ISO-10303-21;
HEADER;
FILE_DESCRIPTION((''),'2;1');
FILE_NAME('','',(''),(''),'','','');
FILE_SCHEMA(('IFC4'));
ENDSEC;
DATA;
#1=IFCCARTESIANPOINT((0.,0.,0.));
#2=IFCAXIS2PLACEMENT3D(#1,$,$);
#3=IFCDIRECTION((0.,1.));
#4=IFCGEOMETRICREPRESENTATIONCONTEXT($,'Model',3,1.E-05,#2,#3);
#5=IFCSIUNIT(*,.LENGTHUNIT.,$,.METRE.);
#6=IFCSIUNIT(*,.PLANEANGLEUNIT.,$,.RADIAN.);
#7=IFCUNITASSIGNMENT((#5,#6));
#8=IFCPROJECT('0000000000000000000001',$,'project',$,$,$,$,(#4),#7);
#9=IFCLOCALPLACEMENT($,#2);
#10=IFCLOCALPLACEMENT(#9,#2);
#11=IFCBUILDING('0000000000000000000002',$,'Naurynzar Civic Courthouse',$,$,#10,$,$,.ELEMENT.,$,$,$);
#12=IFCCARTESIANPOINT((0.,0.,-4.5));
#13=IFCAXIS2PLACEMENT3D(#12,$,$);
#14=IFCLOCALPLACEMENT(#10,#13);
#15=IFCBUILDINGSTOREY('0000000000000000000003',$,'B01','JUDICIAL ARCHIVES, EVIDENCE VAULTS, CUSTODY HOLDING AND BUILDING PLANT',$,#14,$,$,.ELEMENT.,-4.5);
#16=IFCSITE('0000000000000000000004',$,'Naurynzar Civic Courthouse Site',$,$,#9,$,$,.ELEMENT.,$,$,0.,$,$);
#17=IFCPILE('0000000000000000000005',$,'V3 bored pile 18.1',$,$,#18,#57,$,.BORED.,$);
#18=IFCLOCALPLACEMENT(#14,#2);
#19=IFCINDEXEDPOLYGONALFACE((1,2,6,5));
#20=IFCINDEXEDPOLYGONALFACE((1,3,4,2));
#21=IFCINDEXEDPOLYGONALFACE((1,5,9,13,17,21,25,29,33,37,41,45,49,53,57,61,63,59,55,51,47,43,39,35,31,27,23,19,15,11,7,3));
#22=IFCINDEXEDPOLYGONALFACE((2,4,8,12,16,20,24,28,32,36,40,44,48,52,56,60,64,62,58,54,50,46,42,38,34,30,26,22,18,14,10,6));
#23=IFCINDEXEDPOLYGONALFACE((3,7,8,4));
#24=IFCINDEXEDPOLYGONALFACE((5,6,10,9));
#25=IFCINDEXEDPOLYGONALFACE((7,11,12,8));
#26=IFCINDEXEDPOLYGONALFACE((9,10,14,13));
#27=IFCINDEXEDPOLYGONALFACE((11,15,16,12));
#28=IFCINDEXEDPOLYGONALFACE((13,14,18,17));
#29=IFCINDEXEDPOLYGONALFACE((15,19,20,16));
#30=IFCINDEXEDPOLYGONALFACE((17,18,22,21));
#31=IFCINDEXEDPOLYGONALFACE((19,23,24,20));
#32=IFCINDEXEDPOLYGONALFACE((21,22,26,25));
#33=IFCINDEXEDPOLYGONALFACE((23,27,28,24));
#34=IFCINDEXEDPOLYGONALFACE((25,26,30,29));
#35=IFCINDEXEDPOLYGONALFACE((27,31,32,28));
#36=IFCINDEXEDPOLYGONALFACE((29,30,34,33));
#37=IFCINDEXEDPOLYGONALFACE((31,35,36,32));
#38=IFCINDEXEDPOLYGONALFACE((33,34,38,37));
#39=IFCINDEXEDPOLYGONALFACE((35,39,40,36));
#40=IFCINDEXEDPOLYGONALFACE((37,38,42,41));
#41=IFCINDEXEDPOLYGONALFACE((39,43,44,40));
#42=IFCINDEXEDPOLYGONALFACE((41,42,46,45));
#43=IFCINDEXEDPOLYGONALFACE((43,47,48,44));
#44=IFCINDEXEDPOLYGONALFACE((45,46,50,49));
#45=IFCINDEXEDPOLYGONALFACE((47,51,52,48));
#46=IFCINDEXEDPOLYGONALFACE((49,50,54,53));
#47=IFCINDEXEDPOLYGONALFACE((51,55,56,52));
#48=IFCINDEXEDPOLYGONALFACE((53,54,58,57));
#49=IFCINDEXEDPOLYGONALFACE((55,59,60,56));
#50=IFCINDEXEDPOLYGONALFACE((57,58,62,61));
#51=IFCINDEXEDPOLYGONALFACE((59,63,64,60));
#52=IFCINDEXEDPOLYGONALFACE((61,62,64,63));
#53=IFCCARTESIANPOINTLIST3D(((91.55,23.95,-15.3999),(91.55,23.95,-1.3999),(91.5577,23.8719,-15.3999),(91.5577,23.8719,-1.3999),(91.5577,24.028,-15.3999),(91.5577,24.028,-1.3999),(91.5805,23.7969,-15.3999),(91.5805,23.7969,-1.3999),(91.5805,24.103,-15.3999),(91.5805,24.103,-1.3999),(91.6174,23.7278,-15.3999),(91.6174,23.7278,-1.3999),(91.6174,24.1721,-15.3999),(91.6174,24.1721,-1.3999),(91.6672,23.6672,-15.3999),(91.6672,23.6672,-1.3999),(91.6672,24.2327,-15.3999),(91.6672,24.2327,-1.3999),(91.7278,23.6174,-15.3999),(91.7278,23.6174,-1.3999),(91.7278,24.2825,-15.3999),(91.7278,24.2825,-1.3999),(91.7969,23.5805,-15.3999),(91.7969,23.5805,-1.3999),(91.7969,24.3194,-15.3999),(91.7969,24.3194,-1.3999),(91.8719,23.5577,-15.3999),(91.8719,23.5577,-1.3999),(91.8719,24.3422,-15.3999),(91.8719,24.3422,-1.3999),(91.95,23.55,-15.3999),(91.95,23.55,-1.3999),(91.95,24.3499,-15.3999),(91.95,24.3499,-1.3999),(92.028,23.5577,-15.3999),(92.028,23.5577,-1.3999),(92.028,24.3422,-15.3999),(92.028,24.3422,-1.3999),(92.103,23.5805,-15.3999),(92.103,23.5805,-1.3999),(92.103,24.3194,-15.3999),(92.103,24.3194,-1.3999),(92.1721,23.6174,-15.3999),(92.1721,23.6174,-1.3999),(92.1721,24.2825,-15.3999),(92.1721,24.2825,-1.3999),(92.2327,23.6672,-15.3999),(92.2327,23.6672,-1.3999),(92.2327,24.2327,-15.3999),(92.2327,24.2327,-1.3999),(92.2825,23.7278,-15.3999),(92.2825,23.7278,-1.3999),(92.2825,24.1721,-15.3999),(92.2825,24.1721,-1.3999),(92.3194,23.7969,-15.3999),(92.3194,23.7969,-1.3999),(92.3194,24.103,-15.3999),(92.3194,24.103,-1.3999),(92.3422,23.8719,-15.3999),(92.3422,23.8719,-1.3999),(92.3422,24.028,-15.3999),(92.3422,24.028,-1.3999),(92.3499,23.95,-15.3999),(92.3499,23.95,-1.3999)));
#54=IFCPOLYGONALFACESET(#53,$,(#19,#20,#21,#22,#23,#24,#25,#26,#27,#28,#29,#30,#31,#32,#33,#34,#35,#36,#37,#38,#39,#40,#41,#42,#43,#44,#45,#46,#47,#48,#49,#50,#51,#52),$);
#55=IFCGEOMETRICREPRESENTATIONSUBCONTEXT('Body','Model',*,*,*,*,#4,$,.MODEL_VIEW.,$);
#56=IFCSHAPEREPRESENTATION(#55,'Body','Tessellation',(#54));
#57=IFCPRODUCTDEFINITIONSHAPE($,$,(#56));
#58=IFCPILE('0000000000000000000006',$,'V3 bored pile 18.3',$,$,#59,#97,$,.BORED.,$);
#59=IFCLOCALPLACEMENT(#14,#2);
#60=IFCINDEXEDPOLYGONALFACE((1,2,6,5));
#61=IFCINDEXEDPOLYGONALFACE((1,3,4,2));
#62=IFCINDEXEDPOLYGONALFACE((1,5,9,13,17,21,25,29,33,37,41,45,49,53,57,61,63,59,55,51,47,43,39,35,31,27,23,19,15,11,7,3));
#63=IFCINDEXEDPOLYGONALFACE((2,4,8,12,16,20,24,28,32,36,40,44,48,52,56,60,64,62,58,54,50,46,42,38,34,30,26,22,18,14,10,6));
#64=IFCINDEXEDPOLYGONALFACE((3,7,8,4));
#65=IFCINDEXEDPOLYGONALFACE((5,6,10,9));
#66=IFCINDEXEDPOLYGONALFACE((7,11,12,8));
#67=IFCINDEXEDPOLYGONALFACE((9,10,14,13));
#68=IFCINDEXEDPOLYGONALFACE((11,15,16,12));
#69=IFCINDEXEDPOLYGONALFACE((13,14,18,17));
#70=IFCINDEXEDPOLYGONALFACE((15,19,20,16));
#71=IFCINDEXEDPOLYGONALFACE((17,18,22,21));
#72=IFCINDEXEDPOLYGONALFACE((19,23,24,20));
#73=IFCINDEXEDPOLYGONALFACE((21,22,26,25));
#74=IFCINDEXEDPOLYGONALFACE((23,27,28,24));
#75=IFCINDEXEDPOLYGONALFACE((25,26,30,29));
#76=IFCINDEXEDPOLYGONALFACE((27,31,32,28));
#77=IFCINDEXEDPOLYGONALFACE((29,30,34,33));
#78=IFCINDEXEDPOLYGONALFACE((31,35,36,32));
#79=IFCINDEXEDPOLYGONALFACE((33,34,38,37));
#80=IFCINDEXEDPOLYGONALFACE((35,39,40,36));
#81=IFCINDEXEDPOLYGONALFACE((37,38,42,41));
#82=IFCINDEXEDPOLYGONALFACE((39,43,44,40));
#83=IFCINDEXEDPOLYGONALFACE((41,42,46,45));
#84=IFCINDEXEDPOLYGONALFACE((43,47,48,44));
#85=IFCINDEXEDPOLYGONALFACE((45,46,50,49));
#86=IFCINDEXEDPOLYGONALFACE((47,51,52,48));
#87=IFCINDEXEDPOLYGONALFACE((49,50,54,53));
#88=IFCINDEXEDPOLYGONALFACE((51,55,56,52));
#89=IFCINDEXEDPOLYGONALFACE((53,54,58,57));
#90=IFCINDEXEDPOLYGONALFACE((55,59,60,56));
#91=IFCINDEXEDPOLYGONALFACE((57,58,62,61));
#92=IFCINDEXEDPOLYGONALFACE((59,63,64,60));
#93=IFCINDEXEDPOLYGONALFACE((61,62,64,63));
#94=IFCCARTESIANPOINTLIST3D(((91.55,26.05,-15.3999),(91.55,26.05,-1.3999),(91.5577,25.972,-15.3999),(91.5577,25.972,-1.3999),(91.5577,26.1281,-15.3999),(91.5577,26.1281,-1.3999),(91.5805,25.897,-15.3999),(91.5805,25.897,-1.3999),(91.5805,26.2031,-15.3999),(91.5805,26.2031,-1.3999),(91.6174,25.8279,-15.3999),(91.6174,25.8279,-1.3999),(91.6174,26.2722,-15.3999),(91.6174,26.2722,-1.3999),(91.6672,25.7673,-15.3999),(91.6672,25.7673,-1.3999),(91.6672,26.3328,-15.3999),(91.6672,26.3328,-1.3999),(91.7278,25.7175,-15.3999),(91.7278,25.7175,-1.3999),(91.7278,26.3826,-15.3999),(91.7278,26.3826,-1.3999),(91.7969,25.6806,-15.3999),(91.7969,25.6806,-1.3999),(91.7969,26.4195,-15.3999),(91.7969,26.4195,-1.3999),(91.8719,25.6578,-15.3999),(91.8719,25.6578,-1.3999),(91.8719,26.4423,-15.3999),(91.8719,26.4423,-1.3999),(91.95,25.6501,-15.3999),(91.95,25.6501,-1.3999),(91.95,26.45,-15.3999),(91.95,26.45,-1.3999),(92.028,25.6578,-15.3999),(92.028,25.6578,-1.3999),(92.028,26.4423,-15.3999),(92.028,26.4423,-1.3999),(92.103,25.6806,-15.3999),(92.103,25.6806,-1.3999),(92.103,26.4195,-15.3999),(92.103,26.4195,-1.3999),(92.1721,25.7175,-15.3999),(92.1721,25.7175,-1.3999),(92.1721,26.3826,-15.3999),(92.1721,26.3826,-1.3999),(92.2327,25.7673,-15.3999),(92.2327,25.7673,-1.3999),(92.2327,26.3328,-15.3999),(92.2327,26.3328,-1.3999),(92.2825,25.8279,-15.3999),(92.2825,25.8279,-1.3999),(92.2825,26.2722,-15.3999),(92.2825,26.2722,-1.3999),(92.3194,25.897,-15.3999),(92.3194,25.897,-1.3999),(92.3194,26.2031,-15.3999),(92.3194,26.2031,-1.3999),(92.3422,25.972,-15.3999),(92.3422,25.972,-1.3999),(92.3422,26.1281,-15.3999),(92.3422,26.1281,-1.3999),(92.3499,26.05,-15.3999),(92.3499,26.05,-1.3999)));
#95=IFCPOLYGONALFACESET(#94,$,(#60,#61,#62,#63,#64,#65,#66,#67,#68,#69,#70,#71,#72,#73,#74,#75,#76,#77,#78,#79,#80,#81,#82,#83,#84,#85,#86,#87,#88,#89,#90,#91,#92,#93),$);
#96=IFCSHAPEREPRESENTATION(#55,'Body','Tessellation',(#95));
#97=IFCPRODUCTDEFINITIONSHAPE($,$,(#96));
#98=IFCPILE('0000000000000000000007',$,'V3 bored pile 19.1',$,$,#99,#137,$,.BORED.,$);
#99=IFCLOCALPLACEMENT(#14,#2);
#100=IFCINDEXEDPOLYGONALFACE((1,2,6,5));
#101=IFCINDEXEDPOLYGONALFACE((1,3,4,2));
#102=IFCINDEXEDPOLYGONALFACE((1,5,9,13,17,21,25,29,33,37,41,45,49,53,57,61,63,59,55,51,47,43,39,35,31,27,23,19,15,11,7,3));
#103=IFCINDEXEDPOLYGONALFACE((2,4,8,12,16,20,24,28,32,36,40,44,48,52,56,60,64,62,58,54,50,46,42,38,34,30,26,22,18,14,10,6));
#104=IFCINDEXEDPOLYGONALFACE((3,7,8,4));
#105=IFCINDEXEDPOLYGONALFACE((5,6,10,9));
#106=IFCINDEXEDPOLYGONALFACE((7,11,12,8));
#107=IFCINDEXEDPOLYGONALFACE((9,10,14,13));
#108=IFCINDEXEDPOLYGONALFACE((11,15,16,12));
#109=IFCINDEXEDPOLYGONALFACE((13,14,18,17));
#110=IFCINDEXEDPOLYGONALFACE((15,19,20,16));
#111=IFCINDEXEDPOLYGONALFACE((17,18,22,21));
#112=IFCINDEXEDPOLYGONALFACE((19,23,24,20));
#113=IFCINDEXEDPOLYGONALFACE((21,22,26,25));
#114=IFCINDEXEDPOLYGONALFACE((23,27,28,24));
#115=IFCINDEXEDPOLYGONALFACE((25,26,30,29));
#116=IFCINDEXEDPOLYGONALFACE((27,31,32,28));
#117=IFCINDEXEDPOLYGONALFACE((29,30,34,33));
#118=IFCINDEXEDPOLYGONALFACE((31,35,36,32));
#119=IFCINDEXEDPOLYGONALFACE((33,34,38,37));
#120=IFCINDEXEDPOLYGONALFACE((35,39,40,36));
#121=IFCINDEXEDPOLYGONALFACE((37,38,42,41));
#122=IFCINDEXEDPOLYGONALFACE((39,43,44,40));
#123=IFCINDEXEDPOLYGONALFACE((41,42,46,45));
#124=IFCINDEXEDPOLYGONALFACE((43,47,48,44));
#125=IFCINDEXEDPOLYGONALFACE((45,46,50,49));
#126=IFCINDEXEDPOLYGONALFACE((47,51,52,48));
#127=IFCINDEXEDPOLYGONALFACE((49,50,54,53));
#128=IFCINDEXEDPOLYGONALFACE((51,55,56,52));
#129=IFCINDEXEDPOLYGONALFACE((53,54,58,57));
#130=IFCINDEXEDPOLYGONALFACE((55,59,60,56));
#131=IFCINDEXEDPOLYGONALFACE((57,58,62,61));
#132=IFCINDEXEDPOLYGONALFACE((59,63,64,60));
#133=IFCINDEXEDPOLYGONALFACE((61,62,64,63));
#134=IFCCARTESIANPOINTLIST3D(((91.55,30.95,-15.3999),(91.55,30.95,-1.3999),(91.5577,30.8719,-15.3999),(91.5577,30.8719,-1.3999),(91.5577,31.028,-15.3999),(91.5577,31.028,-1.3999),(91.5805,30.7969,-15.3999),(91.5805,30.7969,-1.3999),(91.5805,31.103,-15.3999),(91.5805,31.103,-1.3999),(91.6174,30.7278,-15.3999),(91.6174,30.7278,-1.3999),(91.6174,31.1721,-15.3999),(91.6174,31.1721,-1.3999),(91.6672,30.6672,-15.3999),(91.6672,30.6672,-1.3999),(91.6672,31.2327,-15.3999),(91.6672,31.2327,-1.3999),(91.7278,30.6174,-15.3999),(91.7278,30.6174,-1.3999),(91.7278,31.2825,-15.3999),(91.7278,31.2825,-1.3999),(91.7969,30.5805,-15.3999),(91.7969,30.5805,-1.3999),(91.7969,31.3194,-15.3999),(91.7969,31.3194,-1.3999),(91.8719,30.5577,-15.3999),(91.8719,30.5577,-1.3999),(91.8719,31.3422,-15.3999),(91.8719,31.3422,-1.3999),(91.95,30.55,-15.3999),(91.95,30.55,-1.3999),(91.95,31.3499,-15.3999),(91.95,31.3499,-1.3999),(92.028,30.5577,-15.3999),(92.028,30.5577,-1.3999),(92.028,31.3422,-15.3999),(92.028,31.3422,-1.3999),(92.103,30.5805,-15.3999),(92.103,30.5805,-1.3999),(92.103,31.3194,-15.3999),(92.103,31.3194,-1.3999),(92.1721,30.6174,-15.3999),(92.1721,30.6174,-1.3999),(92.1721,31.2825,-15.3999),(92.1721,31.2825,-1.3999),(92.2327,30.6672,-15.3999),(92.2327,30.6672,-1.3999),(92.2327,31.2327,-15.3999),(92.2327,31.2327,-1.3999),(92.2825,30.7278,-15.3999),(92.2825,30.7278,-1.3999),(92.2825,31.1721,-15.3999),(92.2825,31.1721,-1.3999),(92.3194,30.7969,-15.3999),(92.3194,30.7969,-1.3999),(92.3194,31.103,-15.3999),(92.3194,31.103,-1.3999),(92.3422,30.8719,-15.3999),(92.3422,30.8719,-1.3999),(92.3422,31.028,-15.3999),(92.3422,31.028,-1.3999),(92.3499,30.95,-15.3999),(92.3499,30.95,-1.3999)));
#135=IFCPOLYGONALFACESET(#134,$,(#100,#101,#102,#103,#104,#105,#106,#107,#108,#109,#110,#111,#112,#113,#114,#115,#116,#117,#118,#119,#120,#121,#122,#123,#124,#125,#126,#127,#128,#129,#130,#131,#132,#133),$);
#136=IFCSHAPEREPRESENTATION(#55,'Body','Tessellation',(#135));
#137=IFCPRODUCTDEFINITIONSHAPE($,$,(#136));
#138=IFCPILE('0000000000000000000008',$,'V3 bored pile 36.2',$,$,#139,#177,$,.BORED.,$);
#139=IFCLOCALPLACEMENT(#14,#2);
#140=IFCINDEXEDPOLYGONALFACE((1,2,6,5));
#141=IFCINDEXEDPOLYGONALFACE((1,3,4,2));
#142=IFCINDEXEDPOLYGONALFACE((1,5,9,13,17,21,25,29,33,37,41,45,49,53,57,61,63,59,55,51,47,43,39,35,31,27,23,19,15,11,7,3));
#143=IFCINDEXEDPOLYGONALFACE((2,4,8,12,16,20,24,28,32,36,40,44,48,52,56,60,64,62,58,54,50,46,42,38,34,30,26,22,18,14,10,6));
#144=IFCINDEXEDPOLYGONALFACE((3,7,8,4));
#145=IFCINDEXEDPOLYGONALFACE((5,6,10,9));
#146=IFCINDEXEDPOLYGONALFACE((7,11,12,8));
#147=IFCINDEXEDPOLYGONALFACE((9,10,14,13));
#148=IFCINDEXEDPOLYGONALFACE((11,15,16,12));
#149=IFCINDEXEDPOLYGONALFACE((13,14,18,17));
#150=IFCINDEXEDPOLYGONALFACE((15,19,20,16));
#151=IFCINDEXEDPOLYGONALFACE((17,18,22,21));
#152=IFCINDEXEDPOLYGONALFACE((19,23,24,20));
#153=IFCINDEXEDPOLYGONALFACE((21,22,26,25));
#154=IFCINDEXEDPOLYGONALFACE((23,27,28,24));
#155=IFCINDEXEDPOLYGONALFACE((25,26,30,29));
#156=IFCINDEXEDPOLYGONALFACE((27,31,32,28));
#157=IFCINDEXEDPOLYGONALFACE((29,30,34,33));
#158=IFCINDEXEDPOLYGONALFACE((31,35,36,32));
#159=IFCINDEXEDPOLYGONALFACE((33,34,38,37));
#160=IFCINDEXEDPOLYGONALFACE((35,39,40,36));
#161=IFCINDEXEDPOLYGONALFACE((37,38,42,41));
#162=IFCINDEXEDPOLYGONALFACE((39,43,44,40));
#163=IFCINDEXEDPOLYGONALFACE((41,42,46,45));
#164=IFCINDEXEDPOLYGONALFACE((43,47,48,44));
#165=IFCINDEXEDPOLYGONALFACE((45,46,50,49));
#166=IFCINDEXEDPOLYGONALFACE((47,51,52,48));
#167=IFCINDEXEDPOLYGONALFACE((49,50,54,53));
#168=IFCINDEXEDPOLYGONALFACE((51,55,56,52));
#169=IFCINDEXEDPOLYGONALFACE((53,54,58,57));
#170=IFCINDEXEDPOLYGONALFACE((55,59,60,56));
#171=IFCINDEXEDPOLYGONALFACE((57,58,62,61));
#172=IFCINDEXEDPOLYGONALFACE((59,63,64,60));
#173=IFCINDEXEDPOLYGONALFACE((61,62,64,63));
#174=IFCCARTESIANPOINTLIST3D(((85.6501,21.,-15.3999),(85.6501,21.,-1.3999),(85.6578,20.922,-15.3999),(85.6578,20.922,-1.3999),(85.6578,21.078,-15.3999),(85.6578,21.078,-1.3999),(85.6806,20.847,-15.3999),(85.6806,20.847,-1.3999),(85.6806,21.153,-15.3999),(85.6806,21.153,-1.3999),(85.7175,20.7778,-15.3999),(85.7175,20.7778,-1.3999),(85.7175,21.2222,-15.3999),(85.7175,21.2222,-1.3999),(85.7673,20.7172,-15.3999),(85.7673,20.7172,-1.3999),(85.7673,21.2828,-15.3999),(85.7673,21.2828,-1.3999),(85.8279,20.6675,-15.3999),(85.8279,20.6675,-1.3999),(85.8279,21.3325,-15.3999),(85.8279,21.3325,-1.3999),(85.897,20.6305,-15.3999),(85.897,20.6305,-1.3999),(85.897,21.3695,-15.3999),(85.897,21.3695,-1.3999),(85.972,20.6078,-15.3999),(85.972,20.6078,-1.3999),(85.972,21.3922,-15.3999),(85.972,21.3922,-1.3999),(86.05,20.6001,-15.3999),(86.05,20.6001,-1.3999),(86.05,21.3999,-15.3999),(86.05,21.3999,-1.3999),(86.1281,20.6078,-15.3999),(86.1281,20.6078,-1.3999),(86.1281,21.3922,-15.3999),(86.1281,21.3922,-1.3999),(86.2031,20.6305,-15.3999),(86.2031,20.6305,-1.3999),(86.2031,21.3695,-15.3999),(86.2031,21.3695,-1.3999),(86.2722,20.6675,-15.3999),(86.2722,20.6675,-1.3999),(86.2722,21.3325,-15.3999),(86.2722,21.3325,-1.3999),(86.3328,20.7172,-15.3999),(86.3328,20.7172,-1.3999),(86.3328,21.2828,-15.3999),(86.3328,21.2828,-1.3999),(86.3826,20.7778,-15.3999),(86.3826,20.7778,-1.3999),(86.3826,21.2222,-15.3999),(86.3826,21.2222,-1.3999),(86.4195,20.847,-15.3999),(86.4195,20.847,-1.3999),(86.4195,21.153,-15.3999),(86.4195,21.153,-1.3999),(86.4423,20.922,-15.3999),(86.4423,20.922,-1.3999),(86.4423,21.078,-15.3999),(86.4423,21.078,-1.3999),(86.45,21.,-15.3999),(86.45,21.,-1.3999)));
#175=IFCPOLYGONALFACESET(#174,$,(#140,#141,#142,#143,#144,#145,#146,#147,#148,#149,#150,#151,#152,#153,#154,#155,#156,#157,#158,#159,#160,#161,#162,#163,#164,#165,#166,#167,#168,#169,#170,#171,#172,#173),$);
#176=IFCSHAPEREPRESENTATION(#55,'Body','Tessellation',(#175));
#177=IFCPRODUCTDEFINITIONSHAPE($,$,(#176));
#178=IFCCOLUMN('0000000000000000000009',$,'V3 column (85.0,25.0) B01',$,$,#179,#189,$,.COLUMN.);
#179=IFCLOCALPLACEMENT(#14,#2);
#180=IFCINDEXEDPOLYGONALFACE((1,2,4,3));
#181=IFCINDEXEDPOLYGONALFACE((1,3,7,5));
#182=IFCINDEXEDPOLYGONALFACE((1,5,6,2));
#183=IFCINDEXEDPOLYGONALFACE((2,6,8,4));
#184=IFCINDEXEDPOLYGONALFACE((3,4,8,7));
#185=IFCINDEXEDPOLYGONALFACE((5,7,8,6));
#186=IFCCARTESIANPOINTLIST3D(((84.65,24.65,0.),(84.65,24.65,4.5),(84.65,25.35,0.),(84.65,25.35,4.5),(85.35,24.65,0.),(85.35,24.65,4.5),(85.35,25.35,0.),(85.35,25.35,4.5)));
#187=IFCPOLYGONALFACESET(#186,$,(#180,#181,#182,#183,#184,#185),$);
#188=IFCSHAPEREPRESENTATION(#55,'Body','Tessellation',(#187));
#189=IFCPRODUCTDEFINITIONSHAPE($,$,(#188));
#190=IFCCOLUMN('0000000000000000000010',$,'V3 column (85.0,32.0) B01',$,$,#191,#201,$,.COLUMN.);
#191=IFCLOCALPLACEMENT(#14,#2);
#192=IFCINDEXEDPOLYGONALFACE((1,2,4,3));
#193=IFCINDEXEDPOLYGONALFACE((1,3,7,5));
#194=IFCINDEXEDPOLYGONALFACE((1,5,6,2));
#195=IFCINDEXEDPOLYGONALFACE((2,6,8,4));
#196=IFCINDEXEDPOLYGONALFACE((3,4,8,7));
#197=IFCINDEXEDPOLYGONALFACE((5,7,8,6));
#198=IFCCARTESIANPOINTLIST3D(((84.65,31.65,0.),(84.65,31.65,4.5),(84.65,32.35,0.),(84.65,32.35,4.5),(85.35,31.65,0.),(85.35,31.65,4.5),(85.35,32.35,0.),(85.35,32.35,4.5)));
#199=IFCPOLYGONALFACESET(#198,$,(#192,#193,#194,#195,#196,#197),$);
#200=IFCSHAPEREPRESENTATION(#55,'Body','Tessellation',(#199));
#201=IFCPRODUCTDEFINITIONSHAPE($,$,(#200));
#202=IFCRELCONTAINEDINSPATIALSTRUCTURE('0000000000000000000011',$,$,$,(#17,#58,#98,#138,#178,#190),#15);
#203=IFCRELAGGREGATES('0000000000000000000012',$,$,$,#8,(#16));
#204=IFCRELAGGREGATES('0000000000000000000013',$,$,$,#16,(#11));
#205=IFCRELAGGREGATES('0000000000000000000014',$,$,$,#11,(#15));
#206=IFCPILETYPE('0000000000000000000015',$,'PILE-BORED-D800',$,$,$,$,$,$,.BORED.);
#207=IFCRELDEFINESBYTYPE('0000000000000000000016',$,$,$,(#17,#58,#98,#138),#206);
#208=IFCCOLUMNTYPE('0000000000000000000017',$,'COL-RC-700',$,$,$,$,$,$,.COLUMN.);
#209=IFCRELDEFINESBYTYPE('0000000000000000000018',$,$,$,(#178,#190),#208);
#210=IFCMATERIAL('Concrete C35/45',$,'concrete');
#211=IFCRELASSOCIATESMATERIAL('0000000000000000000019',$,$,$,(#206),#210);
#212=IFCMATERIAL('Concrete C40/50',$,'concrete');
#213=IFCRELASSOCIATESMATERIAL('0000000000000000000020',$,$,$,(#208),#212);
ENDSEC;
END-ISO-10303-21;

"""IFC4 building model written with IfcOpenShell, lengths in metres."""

from ifc_helpers import new_model, si_unit, direction, frame, origin, origin_2d, place, context, subcontext, project, spatial, rectangle, circle, extrude, material, material_profile, profile_set, type_object, element, save


model = new_model("IFC4")

# Units and contexts
model_context = context("Model", 3, precision=1e-05, world=origin(), true_north=direction((0.0, 1.0)))
body_context = subcontext(model_context, "Body", "Model", "MODEL_VIEW")
ifc_project = project(units=[si_unit("LENGTHUNIT", "METRE"), si_unit("PLANEANGLEUNIT", "RADIAN")], contexts=[model_context])

# Site, building, storey
site_placement = place(None, origin())
site = spatial("IfcSite", under=ifc_project, at=site_placement, Name="Naurynzar Civic Courthouse Site", CompositionType="ELEMENT", RefElevation=0.0)
building_placement = place(site_placement, origin())
building = spatial("IfcBuilding", under=site, at=building_placement, Name="Naurynzar Civic Courthouse", CompositionType="ELEMENT")
storey_placement = place(building_placement, frame((0.0, 0.0, -4.5)))
storey = spatial("IfcBuildingStorey", under=building, at=storey_placement, Name="B01", Description="JUDICIAL ARCHIVES, EVIDENCE VAULTS, CUSTODY HOLDING AND BUILDING PLANT", CompositionType="ELEMENT", Elevation=-4.5)

# Piles
ifc_material_1 = material(Name="Concrete C35/45", Category="concrete")
ifc_material_profile_1 = material_profile(ifc_material_1, circle(Radius=0.3999, at=origin_2d()), Name="PILE D800")
ifc_profile_set_1 = profile_set([ifc_material_profile_1], Name="Concrete C35/45")
pile_type = type_object("IfcPileType", Name="PILE-BORED-D800", PredefinedType="BORED", material=ifc_profile_set_1)
for number, where, z_axis, x_axis, name in (
    (1, (91.95, 23.95, -1.3999), (0.0, 0.0, -1.0), (1.0, 0.0, 0.0), "V3 bored pile 18.1"),
    (2, (91.95, 26.05, -1.3999), (0.0, 0.0, -1.0), (1.0, 0.0, 0.0), "V3 bored pile 18.3"),
    (3, (91.95, 30.95, -1.3999), (0.0, 0.0, -1.0), (1.0, 0.0, 0.0), "V3 bored pile 19.1"),
    (4, (86.05, 21.0, -1.3999), (0.0, 0.0, -1.0), (1.0, 0.0, 0.0), "V3 bored pile 36.2"),
):
    element("IfcPile", number, at=place(storey_placement, frame(where, z_axis=z_axis, x_axis=x_axis)), inside=storey, type_object=pile_type, Name=name, PredefinedType="BORED", context=body_context, shape_type="SweptSolid", body=[
        extrude(circle(Radius=0.3999, at=origin_2d()), origin(), (0.0, 0.0, 1.0), 14.0),
    ])

# Columns
ifc_material_2 = material(Name="Concrete C40/50", Category="concrete")
ifc_material_profile_2 = material_profile(ifc_material_2, rectangle(XDim=0.7, YDim=0.7, at=origin_2d()), Name="RC 700x700")
ifc_profile_set_2 = profile_set([ifc_material_profile_2], Name="Concrete C40/50")
column_type_1 = type_object("IfcColumnType", Name="COL-RC-700", PredefinedType="COLUMN", material=ifc_profile_set_2)
for number, where, z_axis, x_axis, name in (
    (5, (85.0, 25.0, 0.0), (0.0, 0.0, 1.0), (1.0, 0.0, 0.0), "V3 column (85.0,25.0) B01"),
    (6, (85.0, 32.0, 0.0), (0.0, 0.0, 1.0), (1.0, 0.0, 0.0), "V3 column (85.0,32.0) B01"),
):
    element("IfcColumn", number, at=place(storey_placement, frame(where, z_axis=z_axis, x_axis=x_axis)), inside=storey, type_object=column_type_1, Name=name, PredefinedType="COLUMN", context=body_context, shape_type="SweptSolid", body=[
        extrude(rectangle(XDim=0.7, YDim=0.7, at=origin_2d()), origin(), (0.0, 0.0, 1.0), 4.5),
    ])

save(model, "model.ifc")
